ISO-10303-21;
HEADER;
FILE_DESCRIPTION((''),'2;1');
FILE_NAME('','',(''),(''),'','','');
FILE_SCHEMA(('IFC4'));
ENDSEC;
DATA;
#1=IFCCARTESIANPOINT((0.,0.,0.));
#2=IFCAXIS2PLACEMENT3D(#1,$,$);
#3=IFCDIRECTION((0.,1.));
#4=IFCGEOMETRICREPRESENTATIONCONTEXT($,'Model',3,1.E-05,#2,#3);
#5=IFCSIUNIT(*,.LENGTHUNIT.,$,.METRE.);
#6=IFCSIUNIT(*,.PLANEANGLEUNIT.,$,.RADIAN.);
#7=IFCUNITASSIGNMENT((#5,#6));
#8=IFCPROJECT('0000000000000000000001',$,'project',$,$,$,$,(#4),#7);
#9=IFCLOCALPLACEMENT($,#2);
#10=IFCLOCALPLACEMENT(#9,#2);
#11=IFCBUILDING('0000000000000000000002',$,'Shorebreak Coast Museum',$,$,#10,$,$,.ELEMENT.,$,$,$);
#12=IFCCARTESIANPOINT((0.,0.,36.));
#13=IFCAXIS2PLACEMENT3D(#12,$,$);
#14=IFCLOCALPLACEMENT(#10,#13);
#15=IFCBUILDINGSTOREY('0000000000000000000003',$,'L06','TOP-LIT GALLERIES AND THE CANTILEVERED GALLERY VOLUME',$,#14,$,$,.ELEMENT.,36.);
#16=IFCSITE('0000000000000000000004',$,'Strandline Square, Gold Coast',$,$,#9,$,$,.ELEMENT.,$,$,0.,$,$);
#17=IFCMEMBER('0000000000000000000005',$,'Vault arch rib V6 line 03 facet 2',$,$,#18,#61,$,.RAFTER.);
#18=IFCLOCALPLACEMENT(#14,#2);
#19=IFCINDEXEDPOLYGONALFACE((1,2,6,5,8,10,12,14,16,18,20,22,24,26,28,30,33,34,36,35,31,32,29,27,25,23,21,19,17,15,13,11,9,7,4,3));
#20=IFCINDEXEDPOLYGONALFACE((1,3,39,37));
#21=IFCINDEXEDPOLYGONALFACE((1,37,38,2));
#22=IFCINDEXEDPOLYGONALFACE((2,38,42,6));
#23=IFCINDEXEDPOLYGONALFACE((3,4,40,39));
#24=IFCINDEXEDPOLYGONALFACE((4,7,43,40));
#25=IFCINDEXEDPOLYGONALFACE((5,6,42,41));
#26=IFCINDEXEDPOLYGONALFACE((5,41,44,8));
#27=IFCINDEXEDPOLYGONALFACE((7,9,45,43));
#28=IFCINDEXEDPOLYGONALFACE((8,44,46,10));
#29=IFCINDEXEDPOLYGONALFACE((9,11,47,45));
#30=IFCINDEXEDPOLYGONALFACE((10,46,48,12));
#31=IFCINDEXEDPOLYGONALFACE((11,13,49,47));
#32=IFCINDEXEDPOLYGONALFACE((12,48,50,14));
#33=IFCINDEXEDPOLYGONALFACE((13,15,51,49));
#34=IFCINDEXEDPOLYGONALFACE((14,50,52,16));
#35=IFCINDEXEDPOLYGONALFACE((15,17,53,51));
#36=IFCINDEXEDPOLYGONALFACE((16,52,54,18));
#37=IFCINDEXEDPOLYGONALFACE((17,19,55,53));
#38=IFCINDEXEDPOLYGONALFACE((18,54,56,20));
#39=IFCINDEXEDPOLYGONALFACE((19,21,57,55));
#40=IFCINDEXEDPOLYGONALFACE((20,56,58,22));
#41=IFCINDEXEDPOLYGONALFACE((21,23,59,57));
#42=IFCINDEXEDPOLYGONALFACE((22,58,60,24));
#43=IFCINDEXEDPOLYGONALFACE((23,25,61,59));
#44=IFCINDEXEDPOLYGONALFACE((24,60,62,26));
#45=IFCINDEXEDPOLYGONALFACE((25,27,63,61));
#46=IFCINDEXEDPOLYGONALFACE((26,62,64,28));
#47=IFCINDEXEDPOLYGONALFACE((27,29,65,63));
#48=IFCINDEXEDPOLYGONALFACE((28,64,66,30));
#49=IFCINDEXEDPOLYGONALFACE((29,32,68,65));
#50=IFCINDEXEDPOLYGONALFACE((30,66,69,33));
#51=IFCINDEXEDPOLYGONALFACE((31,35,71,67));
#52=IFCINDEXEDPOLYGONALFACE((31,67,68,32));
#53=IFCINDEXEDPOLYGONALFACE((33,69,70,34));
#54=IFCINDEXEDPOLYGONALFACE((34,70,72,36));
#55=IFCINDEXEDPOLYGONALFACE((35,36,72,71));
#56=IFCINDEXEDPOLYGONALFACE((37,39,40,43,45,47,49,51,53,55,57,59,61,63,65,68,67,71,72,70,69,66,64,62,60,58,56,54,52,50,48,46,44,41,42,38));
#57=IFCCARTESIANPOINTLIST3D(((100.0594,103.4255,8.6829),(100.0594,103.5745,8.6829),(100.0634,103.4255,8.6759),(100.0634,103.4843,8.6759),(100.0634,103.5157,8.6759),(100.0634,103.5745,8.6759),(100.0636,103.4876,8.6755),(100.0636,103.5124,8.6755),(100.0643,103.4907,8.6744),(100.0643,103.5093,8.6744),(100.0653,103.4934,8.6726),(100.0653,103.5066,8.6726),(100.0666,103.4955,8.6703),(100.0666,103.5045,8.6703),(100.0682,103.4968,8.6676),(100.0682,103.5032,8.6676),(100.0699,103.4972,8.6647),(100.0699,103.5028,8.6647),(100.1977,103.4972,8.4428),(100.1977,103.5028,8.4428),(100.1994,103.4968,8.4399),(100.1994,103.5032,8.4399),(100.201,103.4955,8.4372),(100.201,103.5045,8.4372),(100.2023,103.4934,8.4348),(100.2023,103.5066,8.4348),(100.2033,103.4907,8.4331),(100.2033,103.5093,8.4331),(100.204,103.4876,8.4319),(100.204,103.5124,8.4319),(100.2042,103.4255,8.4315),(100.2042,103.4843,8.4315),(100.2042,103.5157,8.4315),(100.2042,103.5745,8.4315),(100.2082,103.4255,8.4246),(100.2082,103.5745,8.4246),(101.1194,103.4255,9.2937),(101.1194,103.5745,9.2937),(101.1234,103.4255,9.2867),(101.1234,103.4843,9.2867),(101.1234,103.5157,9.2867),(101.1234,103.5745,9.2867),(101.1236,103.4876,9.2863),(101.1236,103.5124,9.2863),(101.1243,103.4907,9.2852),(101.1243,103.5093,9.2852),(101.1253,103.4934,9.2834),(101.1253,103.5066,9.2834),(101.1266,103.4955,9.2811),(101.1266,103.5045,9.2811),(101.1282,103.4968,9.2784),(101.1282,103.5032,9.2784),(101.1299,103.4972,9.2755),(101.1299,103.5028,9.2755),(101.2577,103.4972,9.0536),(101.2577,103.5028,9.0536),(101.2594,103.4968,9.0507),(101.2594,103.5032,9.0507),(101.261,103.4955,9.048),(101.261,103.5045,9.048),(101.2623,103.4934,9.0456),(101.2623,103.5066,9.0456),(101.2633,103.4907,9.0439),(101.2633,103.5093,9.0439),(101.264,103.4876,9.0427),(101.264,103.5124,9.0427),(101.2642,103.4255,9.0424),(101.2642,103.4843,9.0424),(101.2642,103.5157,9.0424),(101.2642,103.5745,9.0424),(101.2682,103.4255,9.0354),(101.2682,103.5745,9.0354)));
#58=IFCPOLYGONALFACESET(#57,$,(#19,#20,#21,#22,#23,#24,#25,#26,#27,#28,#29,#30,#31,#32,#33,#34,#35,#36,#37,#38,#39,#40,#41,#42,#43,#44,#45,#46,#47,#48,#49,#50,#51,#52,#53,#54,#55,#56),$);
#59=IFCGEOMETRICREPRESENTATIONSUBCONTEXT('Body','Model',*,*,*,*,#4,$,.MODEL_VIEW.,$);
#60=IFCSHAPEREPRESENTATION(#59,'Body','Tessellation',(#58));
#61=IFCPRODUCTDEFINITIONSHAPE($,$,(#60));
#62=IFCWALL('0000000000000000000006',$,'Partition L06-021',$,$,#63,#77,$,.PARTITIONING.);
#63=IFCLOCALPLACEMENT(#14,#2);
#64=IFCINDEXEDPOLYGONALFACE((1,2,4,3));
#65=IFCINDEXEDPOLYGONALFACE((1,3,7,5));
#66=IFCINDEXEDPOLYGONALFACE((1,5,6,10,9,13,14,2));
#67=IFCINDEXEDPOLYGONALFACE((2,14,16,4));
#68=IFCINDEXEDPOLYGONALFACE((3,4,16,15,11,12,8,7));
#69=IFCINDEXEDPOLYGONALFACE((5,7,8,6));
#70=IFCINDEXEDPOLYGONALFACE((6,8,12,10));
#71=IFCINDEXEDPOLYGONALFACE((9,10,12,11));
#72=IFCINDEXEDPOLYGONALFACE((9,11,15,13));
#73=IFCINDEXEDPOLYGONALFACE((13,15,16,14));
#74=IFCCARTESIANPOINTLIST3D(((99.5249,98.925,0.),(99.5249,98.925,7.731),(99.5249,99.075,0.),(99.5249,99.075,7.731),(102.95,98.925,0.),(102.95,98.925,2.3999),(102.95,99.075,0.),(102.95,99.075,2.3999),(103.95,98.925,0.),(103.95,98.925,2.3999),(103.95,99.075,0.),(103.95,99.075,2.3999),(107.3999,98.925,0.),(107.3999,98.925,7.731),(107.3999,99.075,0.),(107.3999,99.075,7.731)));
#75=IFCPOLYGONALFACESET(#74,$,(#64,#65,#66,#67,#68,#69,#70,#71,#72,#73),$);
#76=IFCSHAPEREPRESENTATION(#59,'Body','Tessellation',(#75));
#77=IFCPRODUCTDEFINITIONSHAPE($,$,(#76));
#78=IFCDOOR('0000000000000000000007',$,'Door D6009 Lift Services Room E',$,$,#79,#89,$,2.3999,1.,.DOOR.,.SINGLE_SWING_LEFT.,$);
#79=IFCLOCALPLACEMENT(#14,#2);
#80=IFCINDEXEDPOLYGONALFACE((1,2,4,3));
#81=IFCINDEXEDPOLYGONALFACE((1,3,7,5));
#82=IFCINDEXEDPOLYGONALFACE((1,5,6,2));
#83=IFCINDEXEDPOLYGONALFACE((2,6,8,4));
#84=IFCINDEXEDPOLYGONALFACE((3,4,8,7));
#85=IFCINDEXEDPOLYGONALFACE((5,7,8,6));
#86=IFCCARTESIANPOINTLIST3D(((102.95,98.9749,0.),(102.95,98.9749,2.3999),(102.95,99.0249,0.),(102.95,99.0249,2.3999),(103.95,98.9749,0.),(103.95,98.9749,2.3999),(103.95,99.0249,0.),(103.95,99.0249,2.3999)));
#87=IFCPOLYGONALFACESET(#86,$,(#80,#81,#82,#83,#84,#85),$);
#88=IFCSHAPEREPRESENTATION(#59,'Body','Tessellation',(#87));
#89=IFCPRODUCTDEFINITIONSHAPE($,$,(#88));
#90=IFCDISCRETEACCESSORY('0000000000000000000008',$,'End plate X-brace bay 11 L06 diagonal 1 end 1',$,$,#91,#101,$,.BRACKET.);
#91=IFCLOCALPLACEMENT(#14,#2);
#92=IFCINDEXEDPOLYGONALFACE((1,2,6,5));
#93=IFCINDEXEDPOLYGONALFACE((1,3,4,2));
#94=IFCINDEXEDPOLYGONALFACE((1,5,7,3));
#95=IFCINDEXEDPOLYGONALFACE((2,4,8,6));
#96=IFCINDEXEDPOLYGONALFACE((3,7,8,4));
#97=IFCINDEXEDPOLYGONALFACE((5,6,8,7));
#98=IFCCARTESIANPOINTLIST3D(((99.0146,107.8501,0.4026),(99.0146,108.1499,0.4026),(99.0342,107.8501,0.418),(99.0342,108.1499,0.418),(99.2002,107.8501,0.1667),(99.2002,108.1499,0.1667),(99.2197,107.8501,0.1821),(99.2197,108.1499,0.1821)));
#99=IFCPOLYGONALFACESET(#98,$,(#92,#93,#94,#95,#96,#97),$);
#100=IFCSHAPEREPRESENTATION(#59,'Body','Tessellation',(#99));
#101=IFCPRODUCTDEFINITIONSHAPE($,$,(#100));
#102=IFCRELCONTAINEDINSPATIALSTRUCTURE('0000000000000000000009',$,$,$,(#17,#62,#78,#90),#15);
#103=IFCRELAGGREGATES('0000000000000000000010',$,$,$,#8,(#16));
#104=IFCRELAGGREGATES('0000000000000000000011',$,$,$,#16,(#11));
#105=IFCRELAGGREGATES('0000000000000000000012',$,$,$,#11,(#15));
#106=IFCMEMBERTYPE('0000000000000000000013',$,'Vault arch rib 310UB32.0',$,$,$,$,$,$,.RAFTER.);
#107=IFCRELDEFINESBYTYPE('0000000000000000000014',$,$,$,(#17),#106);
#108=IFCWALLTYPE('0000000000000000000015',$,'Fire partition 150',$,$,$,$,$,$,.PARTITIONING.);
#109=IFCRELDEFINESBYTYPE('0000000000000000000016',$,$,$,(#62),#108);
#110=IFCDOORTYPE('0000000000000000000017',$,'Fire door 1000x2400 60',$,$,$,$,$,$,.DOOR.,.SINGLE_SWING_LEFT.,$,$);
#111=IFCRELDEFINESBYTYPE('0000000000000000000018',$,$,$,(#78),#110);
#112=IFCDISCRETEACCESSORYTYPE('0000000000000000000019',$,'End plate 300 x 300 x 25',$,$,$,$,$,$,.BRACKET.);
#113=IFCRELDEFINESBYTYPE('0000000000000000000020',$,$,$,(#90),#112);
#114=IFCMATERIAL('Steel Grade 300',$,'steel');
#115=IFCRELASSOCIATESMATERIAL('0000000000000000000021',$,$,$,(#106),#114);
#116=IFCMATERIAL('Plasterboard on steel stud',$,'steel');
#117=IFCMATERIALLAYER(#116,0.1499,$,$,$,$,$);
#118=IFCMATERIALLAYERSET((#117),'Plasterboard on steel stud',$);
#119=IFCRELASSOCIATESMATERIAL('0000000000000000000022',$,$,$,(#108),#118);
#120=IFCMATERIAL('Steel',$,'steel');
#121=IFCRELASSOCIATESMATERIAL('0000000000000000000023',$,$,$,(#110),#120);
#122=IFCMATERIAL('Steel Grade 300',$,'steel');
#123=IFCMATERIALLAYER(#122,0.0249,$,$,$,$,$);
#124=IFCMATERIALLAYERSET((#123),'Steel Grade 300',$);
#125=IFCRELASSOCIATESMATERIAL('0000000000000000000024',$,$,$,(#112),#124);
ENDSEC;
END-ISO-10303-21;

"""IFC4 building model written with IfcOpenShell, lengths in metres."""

from ifc_helpers import new_model, si_unit, direction, frame, frame_2d, origin, origin_2d, place, context, subcontext, project, spatial, polyline, rectangle, i_section, outline, extrude, material, layer, layer_set, material_profile, profile_set, type_object, element, fill, save


model = new_model("IFC4")

# Units and contexts
model_context = context("Model", 3, precision=1e-05, world=origin(), true_north=direction((0.0, 1.0)))
body_context = subcontext(model_context, "Body", "Model", "MODEL_VIEW")
ifc_project = project(units=[si_unit("LENGTHUNIT", "METRE"), si_unit("PLANEANGLEUNIT", "RADIAN")], contexts=[model_context])

# Site, building, storey
site_placement = place(None, origin())
site = spatial("IfcSite", under=ifc_project, at=site_placement, Name="Strandline Square, Gold Coast", CompositionType="ELEMENT", RefElevation=0.0)
building_placement = place(site_placement, origin())
building = spatial("IfcBuilding", under=site, at=building_placement, Name="Shorebreak Coast Museum", CompositionType="ELEMENT")
storey_placement = place(building_placement, frame((0.0, 0.0, 36.0)))
storey = spatial("IfcBuildingStorey", under=building, at=storey_placement, Name="L06", Description="TOP-LIT GALLERIES AND THE CANTILEVERED GALLERY VOLUME", CompositionType="ELEMENT", Elevation=36.0)

# Member
ifc_material_1 = material(Name="Steel Grade 300", Category="steel")
ifc_material_profile_1 = material_profile(ifc_material_1, i_section(OverallWidth=0.1489, OverallDepth=0.2981, WebThickness=0.0056, FlangeThickness=0.0081, FilletRadius=0.0129, at=origin_2d()), Name="310UB32.0")
ifc_profile_set_1 = profile_set([ifc_material_profile_1], Name="Steel Grade 300")
member_type_1 = type_object("IfcMemberType", Name="Vault arch rib 310UB32.0", PredefinedType="RAFTER", material=ifc_profile_set_1)
for number, where, z_axis, x_axis, name in (
    (1, (100.1338, 103.5, 8.5537), (0.866445, 0.0, 0.499273), (0.0, 1.0, 0.0), "Vault arch rib V6 line 03 facet 2"),
):
    element("IfcMember", number, at=place(storey_placement, frame(where, z_axis=z_axis, x_axis=x_axis)), inside=storey, type_object=member_type_1, Name=name, PredefinedType="RAFTER", context=body_context, shape_type="SweptSolid", body=[
        extrude(i_section(OverallWidth=0.1489, OverallDepth=0.2981, WebThickness=0.0056, FlangeThickness=0.0081, FilletRadius=0.0129, at=origin_2d()), origin(), (0.0, 0.0, 1.0), 1.2234),
    ])

# Wall, opening, door
ifc_material_2 = material(Name="Plasterboard on steel stud", Category="steel")
ifc_layer_1 = layer(ifc_material_2, 0.1499)
ifc_layer_set_1 = layer_set([ifc_layer_1], Name="Plasterboard on steel stud")
wall_type = type_object("IfcWallType", Name="Fire partition 150", PredefinedType="PARTITIONING", material=ifc_layer_set_1)
wall_placement = place(storey_placement, frame((99.5249, 99.0, 0.0), z_axis=(0.0, 0.0, 1.0), x_axis=(1.0, 0.0, 0.0)))
wall = element("IfcWall", 2, at=wall_placement, inside=storey, type_object=wall_type, Name="Partition L06-021", PredefinedType="PARTITIONING", context=body_context, shape_type="SweptSolid", body=[
    extrude(rectangle(XDim=7.875, YDim=0.1499, at=frame_2d((3.9375, 0.0))), origin(), (0.0, 0.0, 1.0), 7.731),
])
opening_placement = place(wall_placement, frame((3.425, 0.0, 0.0)))
opening = element("IfcOpeningElement", 3, at=opening_placement, cuts=wall, PredefinedType="OPENING", context=body_context, shape_type="SweptSolid", body=[
    extrude(rectangle(XDim=1.0, YDim=2.3999, at=frame_2d((0.5, 1.2))), frame((0.0, 0.085, 0.0), z_axis=(0.0, -1.0, 0.0), x_axis=(1.0, 0.0, 0.0)), (0.0, 0.0, 1.0), 0.1699),
])
ifc_material_3 = material(Name="Steel", Category="steel")
door_type = type_object("IfcDoorType", Name="Fire door 1000x2400 60", OperationType="SINGLE_SWING_LEFT", PredefinedType="DOOR", material=ifc_material_3)
door_placement = place(opening_placement, origin())
door = element("IfcDoor", 4, at=door_placement, inside=storey, type_object=door_type, Name="Door D6009 Lift Services Room E", OperationType="SINGLE_SWING_LEFT", OverallHeight=2.3999, OverallWidth=1.0, PredefinedType="DOOR", context=body_context, shape_type="SweptSolid", body=[
    extrude(rectangle(XDim=1.0, YDim=2.3999, at=frame_2d((0.5, 1.2))), frame((0.0, 0.0249, 0.0), z_axis=(0.0, -1.0, 0.0), x_axis=(1.0, 0.0, 0.0)), (0.0, 0.0, 1.0), 0.05),
])
fill(opening, door)

# Discrete accessory
ifc_material_4 = material(Name="Steel Grade 300", Category="steel")
ifc_layer_2 = layer(ifc_material_4, 0.0249)
ifc_layer_set_2 = layer_set([ifc_layer_2], Name="Steel Grade 300")
discrete_accessory_type = type_object("IfcDiscreteAccessoryType", Name="End plate 300 x 300 x 25", PredefinedType="BRACKET", material=ifc_layer_set_2)
discrete_accessory_placement = place(storey_placement, frame((99.2197, 107.8501, 0.1821), z_axis=(0.785923, 0.0, 0.618324), x_axis=(0.0, 1.0, 0.0)))
element("IfcDiscreteAccessory", 5, at=discrete_accessory_placement, inside=storey, type_object=discrete_accessory_type, Name="End plate X-brace bay 11 L06 diagonal 1 end 1", PredefinedType="BRACKET", context=body_context, shape_type="SweptSolid", body=[
    extrude(outline(polyline([(0.0, 0.0), (0.2998, 0.0), (0.2998, 0.3001), (0.0, 0.3001), (0.0, 0.0)])), origin(), (0.0, 0.0, -1.0), 0.0249),
])

save(model, "model.ifc")
